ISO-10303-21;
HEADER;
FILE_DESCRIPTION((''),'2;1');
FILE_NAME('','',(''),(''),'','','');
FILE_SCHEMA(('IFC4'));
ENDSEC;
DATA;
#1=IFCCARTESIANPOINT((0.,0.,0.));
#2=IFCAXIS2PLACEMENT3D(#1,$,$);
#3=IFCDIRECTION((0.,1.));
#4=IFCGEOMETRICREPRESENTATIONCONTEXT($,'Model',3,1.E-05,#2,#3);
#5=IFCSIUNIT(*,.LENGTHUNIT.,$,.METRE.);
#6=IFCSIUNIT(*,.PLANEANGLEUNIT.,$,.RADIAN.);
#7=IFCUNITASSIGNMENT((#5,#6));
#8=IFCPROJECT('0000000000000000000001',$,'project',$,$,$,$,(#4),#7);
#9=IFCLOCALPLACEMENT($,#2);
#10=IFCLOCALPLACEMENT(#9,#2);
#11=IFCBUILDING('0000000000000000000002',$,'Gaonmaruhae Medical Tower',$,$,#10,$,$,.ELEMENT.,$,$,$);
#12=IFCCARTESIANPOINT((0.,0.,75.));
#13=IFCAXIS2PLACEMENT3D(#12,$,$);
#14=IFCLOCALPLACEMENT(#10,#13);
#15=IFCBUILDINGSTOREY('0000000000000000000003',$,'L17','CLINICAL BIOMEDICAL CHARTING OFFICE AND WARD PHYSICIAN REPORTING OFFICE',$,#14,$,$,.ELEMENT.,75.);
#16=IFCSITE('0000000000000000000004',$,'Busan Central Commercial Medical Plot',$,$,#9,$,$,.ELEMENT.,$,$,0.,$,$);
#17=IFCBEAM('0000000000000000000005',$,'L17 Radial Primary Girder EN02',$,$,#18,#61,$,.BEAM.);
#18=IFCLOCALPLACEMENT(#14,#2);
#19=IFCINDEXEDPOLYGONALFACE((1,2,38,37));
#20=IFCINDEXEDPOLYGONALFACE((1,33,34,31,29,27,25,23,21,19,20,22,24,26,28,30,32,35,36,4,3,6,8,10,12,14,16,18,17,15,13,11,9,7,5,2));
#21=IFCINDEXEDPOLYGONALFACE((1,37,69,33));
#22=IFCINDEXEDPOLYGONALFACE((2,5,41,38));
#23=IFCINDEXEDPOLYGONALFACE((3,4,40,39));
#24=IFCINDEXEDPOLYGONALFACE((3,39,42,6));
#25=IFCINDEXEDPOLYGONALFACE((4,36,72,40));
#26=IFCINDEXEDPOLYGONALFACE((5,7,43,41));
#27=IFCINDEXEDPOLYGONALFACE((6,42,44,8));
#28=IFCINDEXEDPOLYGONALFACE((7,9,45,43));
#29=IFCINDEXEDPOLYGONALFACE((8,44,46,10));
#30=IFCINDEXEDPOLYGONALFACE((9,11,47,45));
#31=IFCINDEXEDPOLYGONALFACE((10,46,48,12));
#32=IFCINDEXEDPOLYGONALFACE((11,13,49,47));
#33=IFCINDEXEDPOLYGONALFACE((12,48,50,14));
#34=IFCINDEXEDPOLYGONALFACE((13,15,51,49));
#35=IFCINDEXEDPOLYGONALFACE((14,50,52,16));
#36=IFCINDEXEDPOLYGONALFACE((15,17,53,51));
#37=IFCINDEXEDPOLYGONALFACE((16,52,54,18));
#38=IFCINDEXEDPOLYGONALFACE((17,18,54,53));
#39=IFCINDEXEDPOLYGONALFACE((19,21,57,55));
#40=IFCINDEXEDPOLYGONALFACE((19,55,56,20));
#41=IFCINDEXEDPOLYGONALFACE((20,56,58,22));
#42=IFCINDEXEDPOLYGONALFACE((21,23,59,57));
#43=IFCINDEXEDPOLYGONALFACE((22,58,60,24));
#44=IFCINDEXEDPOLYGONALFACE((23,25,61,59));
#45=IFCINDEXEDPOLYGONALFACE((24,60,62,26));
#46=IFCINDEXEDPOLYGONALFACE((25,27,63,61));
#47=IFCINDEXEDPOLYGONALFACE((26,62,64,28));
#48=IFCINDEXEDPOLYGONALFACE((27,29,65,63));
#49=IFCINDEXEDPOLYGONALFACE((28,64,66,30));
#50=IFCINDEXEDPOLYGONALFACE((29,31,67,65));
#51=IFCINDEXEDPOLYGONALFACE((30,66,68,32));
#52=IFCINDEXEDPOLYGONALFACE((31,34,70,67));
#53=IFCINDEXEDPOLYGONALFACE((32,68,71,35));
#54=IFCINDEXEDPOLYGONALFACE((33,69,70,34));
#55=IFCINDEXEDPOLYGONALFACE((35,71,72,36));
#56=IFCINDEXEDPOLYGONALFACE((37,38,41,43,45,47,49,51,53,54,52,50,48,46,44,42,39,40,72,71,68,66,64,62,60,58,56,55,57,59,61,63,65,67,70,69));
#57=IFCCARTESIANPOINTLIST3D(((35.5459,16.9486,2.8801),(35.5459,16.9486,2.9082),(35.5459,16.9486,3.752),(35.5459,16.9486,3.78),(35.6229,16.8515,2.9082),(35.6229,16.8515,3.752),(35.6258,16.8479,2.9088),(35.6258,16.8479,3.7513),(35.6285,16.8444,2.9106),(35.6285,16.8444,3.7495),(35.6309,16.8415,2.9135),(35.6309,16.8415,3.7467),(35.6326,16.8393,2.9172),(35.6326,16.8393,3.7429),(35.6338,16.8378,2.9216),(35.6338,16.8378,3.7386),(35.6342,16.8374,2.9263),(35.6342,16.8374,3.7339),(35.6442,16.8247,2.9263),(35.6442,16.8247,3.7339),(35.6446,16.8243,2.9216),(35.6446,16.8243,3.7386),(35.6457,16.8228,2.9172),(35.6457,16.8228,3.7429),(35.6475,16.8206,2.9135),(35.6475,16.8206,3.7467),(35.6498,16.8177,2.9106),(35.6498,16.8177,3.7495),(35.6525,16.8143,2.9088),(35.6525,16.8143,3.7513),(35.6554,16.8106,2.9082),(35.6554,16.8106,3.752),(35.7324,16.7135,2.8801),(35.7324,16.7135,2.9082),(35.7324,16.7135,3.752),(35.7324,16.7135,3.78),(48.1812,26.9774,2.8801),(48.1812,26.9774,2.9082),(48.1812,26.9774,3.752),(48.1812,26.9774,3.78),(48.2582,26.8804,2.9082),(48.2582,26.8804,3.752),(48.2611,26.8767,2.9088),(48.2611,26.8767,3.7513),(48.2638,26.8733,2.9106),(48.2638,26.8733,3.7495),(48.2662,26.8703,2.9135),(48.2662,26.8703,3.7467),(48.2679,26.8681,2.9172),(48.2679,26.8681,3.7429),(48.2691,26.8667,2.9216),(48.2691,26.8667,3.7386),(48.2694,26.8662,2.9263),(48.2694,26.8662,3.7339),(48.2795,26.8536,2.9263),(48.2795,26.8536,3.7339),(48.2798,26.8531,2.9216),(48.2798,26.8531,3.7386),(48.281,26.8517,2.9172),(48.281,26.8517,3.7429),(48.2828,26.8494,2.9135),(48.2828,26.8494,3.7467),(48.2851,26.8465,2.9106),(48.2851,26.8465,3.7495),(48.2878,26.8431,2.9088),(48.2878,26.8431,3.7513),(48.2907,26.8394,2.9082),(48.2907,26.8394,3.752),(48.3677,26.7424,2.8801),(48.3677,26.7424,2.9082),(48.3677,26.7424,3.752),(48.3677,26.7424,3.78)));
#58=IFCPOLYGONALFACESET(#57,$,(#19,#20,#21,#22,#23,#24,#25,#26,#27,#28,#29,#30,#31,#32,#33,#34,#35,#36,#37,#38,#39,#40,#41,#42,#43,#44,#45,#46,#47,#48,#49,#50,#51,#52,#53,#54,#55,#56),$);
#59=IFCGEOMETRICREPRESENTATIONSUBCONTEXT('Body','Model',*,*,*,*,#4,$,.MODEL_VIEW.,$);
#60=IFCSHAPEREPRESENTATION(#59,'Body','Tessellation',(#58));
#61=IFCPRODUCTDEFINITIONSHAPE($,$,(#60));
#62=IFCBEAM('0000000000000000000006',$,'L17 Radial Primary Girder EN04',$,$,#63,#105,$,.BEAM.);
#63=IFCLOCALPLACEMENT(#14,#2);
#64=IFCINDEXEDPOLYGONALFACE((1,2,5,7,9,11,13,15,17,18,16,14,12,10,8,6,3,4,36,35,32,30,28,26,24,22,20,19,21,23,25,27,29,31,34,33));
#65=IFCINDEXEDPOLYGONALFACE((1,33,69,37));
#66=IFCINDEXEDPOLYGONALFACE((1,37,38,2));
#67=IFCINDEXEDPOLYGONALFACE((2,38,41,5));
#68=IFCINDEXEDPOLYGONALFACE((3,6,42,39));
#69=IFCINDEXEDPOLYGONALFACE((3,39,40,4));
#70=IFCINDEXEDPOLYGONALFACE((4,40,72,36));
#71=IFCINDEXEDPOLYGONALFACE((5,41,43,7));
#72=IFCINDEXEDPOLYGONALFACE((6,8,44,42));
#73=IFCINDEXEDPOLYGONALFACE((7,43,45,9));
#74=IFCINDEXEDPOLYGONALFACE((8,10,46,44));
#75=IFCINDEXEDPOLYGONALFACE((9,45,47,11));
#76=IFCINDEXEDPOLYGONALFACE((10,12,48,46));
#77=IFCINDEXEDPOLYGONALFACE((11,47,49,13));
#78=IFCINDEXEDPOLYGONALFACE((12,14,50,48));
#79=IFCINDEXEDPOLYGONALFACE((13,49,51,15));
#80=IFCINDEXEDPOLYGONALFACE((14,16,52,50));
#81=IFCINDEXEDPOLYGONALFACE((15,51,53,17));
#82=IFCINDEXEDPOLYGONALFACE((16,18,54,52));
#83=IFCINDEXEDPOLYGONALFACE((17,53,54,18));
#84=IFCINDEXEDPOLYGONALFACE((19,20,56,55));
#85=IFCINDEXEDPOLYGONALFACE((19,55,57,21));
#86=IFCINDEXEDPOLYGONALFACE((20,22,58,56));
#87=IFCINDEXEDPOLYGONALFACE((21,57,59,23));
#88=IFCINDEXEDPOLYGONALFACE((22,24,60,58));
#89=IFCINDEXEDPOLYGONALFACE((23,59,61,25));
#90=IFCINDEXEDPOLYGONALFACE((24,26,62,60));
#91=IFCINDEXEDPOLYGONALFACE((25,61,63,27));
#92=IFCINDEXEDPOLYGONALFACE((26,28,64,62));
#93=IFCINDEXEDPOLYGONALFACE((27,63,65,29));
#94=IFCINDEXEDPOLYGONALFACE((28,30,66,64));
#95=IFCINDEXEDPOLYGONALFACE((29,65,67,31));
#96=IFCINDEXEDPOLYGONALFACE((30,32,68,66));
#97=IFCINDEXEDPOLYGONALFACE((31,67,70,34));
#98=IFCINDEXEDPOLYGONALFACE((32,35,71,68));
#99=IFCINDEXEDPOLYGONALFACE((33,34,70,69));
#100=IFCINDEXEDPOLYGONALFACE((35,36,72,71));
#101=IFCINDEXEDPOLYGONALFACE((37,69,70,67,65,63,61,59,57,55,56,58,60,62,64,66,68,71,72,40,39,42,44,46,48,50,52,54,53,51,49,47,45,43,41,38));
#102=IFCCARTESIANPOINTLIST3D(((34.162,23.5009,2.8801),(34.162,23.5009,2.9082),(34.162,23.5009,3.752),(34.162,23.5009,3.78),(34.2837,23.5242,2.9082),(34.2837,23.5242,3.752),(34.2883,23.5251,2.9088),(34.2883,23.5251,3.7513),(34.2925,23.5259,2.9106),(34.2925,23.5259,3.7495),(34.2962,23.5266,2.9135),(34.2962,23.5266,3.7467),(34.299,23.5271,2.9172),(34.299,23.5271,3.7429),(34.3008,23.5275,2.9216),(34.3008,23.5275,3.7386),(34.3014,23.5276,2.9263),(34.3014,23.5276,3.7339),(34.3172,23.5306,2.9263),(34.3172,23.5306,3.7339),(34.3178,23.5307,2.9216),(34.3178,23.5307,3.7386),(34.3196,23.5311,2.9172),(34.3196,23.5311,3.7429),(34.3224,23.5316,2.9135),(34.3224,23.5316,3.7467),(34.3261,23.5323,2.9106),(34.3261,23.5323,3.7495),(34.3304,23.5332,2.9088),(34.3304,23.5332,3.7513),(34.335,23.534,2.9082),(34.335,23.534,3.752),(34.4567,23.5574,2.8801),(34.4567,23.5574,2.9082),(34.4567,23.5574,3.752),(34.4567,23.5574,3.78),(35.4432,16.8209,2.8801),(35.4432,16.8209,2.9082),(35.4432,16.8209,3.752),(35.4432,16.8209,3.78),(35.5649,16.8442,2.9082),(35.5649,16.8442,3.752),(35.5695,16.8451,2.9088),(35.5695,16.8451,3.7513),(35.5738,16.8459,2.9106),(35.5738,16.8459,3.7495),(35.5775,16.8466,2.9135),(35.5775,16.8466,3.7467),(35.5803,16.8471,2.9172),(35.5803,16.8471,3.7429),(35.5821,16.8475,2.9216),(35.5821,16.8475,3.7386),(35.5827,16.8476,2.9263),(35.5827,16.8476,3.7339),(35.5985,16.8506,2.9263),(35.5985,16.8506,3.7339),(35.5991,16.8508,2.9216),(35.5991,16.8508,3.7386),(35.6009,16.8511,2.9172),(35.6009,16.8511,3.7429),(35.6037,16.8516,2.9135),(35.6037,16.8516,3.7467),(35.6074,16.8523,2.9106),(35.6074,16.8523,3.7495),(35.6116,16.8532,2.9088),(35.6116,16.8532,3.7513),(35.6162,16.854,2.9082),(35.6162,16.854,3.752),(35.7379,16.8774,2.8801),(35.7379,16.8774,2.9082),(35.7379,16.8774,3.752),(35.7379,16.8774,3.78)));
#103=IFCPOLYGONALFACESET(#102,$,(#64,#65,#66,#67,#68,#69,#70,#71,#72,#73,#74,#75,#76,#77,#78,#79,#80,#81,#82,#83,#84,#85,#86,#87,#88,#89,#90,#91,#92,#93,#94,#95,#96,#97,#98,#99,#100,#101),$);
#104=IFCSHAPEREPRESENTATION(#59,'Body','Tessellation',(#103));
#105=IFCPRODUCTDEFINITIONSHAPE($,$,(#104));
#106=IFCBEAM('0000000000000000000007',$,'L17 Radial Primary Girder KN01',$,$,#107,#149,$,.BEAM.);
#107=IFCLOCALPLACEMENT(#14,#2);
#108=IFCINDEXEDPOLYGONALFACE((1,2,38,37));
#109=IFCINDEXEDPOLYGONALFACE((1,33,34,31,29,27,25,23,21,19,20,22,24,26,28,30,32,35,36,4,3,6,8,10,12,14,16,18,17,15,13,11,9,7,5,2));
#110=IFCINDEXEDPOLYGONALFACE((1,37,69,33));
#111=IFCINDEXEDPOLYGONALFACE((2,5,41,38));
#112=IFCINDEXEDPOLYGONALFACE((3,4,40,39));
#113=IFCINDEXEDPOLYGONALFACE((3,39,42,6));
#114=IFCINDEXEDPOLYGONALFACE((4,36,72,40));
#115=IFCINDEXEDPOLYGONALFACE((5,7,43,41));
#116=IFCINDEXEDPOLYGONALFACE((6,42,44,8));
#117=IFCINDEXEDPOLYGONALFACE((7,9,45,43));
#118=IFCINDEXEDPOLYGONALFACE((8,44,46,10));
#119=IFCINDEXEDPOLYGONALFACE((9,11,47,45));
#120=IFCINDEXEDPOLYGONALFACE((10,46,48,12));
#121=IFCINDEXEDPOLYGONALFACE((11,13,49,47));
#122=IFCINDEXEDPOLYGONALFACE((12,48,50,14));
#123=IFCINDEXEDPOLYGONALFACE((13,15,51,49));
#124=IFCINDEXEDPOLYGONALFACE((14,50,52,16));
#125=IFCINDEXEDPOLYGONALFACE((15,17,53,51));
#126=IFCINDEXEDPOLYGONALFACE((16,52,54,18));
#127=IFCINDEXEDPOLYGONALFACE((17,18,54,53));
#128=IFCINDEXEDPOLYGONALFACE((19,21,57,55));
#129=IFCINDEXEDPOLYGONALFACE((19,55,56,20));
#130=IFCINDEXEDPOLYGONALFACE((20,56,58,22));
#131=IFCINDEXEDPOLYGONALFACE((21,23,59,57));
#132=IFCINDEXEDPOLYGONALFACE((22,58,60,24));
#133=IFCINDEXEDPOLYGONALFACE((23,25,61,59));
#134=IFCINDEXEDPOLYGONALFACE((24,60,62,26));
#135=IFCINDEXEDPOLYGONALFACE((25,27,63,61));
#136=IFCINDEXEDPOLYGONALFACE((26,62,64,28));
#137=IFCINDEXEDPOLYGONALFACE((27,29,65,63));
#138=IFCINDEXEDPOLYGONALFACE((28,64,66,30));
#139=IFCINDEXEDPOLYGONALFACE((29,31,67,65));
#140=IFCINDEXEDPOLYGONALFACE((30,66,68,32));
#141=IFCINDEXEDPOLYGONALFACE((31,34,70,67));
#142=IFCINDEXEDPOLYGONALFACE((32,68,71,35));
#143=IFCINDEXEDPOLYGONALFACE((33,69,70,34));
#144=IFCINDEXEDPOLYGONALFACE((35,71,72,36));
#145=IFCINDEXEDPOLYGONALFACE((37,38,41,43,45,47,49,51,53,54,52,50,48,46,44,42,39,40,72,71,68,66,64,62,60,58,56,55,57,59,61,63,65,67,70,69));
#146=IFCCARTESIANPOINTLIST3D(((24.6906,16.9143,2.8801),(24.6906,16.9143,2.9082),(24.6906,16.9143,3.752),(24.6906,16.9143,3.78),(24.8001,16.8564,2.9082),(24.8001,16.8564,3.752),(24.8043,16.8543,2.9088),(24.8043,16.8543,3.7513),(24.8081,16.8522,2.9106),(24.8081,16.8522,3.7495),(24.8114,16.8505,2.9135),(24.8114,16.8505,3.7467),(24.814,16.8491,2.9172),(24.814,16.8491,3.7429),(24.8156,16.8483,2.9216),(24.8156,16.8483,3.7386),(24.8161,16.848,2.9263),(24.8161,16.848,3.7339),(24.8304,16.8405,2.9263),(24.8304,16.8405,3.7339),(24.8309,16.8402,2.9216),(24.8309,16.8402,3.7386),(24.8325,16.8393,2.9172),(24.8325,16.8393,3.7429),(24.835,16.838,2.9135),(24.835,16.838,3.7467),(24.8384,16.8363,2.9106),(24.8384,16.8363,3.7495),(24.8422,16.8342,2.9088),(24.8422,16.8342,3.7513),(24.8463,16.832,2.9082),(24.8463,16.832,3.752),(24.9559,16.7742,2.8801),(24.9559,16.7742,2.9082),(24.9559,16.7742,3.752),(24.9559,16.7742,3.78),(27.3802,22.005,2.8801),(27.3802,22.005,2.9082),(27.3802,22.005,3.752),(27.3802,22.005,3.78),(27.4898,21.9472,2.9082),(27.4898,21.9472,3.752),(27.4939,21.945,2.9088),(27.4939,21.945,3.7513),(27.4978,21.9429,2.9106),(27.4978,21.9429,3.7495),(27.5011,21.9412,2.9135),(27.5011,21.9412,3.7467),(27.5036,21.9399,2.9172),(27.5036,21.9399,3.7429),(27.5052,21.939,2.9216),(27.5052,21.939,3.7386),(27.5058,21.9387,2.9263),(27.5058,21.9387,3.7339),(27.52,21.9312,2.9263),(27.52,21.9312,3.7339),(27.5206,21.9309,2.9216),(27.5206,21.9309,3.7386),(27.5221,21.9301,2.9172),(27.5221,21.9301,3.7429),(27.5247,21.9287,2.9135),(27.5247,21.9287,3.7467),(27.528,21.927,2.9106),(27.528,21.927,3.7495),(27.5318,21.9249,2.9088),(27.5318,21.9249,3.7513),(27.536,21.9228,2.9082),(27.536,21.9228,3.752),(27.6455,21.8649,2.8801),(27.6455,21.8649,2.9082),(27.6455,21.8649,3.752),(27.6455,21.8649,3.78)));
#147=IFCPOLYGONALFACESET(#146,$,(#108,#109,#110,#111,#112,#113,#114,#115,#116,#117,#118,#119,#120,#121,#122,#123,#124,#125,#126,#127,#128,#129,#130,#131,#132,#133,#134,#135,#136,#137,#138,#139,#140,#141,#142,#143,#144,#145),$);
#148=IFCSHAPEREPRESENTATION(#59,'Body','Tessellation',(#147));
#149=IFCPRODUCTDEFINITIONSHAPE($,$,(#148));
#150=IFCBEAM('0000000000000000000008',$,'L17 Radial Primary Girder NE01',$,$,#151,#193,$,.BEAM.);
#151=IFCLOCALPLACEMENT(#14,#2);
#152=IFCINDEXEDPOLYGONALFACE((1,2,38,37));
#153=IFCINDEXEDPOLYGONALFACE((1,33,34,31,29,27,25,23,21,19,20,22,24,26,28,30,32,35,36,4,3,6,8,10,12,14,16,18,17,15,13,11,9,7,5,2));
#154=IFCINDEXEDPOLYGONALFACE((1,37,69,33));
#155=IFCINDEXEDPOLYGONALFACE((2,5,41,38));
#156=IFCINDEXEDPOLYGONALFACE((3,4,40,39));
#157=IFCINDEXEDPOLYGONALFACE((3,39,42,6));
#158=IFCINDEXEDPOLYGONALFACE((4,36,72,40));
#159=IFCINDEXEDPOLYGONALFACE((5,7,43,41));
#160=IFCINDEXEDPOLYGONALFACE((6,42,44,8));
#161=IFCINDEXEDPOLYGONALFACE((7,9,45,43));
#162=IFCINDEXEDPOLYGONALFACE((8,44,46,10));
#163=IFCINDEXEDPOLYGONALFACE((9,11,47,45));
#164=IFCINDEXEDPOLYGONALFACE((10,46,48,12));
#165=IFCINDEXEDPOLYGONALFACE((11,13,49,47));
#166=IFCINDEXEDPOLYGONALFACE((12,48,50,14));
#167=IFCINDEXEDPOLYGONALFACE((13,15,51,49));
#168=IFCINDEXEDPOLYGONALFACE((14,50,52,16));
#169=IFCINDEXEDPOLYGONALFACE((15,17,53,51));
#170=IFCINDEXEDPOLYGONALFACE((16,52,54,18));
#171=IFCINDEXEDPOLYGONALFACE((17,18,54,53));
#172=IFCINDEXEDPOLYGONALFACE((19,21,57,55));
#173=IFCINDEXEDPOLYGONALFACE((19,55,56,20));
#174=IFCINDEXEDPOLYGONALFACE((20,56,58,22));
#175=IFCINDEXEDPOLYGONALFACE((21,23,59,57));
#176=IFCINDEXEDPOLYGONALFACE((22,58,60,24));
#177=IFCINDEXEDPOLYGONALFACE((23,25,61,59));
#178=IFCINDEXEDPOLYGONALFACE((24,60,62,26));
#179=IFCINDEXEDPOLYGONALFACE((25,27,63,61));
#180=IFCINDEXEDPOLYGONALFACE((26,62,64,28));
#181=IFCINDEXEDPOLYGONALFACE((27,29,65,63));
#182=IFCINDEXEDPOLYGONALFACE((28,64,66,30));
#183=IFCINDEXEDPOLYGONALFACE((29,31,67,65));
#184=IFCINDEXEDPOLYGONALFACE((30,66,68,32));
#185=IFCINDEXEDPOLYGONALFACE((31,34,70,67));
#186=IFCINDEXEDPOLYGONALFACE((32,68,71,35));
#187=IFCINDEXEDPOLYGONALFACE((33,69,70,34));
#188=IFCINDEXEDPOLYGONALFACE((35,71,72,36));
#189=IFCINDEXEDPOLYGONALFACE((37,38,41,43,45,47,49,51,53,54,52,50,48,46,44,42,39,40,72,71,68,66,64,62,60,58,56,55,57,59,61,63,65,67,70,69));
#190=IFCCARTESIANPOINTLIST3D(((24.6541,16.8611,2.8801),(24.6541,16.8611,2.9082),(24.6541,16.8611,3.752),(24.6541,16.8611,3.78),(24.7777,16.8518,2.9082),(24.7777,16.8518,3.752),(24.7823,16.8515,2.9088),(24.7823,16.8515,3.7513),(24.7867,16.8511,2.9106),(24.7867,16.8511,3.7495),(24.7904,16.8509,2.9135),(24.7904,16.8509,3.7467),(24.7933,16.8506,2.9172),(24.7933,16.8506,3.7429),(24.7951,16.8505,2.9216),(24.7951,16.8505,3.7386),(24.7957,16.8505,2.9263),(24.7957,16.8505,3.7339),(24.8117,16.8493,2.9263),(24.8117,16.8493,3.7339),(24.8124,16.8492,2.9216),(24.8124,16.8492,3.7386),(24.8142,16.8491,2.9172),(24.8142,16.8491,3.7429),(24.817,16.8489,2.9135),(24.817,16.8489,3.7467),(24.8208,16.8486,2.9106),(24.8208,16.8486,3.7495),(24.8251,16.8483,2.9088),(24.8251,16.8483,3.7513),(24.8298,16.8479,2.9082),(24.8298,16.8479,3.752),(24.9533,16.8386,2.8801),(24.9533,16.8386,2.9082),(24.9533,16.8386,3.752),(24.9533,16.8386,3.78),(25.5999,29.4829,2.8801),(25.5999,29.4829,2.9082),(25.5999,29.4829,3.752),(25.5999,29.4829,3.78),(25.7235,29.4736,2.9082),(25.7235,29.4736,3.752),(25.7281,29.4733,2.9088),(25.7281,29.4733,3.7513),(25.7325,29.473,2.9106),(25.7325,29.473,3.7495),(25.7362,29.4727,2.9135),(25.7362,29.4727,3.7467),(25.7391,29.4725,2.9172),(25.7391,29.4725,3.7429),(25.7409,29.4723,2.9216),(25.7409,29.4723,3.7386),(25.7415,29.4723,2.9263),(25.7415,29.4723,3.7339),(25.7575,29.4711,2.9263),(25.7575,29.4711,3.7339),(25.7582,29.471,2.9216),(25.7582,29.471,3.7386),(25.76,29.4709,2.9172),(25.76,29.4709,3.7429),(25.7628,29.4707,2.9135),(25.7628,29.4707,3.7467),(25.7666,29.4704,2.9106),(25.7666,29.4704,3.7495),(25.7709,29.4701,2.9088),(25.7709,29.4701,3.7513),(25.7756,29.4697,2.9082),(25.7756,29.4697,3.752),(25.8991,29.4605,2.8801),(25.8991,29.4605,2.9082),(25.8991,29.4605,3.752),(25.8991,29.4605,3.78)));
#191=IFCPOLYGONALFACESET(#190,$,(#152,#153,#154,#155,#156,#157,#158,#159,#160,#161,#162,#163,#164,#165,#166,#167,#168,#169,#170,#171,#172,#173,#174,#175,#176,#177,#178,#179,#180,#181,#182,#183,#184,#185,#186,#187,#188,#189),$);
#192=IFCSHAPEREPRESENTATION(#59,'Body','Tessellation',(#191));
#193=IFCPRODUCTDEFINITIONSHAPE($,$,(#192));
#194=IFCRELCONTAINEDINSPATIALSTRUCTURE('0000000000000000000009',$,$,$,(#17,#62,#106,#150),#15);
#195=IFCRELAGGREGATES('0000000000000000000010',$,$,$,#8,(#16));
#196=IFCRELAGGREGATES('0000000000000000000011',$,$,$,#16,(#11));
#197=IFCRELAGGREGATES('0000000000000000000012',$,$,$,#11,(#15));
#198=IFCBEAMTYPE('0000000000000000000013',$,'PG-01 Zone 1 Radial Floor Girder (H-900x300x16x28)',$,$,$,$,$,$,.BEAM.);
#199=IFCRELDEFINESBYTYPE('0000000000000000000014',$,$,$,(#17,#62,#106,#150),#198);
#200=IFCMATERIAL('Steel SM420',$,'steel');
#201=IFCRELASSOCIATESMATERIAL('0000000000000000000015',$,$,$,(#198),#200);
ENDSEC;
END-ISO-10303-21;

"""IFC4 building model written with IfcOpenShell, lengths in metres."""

from ifc_helpers import new_model, si_unit, direction, frame, origin, origin_2d, place, context, subcontext, project, spatial, i_section, extrude, material, material_profile, profile_set, type_object, element, save


model = new_model("IFC4")

# Units and contexts
model_context = context("Model", 3, precision=1e-05, world=origin(), true_north=direction((0.0, 1.0)))
body_context = subcontext(model_context, "Body", "Model", "MODEL_VIEW")
ifc_project = project(units=[si_unit("LENGTHUNIT", "METRE"), si_unit("PLANEANGLEUNIT", "RADIAN")], contexts=[model_context])

# Site, building, storey
site_placement = place(None, origin())
site = spatial("IfcSite", under=ifc_project, at=site_placement, Name="Busan Central Commercial Medical Plot", CompositionType="ELEMENT", RefElevation=0.0)
building_placement = place(site_placement, origin())
building = spatial("IfcBuilding", under=site, at=building_placement, Name="Gaonmaruhae Medical Tower", CompositionType="ELEMENT")
storey_placement = place(building_placement, frame((0.0, 0.0, 75.0)))
storey = spatial("IfcBuildingStorey", under=building, at=storey_placement, Name="L17", Description="CLINICAL BIOMEDICAL CHARTING OFFICE AND WARD PHYSICIAN REPORTING OFFICE", CompositionType="ELEMENT", Elevation=75.0)

# Beams
ifc_material_1 = material(Name="Steel SM420", Category="steel")
ifc_material_profile_1 = material_profile(ifc_material_1, i_section(OverallWidth=0.3, OverallDepth=0.8999, WebThickness=0.0161, FlangeThickness=0.0281, FilletRadius=0.0181, at=origin_2d()), Name="H-900x300x16x28")
ifc_profile_set_1 = profile_set([ifc_material_profile_1], Name="Steel SM420")
beam_type_1 = type_object("IfcBeamType", Name="PG-01 Zone 1 Radial Floor Girder (H-900x300x16x28)", PredefinedType="BEAM", material=ifc_profile_set_1)
beam_1_placement = place(storey_placement, frame((35.6392, 16.8311, 3.3301), z_axis=(0.783264, 0.621689, 0.0), x_axis=(-0.621689, 0.783264, 0.0)))
element("IfcBeam", 1, at=beam_1_placement, inside=storey, type_object=beam_type_1, Name="L17 Radial Primary Girder EN02", PredefinedType="BEAM", context=body_context, shape_type="SweptSolid", body=[
    extrude(i_section(OverallWidth=0.3, OverallDepth=0.8999, WebThickness=0.0161, FlangeThickness=0.0281, FilletRadius=0.0181, at=origin_2d()), origin(), (0.0, 0.0, 1.0), 16.1316),
])
beam_2_placement = place(storey_placement, frame((35.5906, 16.8491, 3.3301), z_axis=(-0.188372, 0.982098, 0.0), x_axis=(-0.982098, -0.188372, 0.0)))
element("IfcBeam", 2, at=beam_2_placement, inside=storey, type_object=beam_type_1, Name="L17 Radial Primary Girder EN04", PredefinedType="BEAM", context=body_context, shape_type="SweptSolid", body=[
    extrude(i_section(OverallWidth=0.3, OverallDepth=0.8999, WebThickness=0.0161, FlangeThickness=0.0281, FilletRadius=0.0181, at=origin_2d()), origin(), (0.0, 0.0, 1.0), 6.8018),
])
beam_3_placement = place(storey_placement, frame((24.8232, 16.8442, 3.3301), z_axis=(0.467149, 0.884179, 0.0), x_axis=(-0.884179, 0.467149, 0.0)))
element("IfcBeam", 3, at=beam_3_placement, inside=storey, type_object=beam_type_1, Name="L17 Radial Primary Girder KN01", PredefinedType="BEAM", context=body_context, shape_type="SweptSolid", body=[
    extrude(i_section(OverallWidth=0.3, OverallDepth=0.8999, WebThickness=0.0161, FlangeThickness=0.0281, FilletRadius=0.0181, at=origin_2d()), origin(), (0.0, 0.0, 1.0), 5.7576),
])
beam_4_placement = place(storey_placement, frame((24.8037, 16.8499, 3.3301), z_axis=(0.074724, 0.997204, 0.0), x_axis=(-0.997204, 0.074724, 0.0)))
element("IfcBeam", 4, at=beam_4_placement, inside=storey, type_object=beam_type_1, Name="L17 Radial Primary Girder NE01", PredefinedType="BEAM", context=body_context, shape_type="SweptSolid", body=[
    extrude(i_section(OverallWidth=0.3, OverallDepth=0.8999, WebThickness=0.0161, FlangeThickness=0.0281, FilletRadius=0.0181, at=origin_2d()), origin(), (0.0, 0.0, 1.0), 12.6572),
])

save(model, "model.ifc")
